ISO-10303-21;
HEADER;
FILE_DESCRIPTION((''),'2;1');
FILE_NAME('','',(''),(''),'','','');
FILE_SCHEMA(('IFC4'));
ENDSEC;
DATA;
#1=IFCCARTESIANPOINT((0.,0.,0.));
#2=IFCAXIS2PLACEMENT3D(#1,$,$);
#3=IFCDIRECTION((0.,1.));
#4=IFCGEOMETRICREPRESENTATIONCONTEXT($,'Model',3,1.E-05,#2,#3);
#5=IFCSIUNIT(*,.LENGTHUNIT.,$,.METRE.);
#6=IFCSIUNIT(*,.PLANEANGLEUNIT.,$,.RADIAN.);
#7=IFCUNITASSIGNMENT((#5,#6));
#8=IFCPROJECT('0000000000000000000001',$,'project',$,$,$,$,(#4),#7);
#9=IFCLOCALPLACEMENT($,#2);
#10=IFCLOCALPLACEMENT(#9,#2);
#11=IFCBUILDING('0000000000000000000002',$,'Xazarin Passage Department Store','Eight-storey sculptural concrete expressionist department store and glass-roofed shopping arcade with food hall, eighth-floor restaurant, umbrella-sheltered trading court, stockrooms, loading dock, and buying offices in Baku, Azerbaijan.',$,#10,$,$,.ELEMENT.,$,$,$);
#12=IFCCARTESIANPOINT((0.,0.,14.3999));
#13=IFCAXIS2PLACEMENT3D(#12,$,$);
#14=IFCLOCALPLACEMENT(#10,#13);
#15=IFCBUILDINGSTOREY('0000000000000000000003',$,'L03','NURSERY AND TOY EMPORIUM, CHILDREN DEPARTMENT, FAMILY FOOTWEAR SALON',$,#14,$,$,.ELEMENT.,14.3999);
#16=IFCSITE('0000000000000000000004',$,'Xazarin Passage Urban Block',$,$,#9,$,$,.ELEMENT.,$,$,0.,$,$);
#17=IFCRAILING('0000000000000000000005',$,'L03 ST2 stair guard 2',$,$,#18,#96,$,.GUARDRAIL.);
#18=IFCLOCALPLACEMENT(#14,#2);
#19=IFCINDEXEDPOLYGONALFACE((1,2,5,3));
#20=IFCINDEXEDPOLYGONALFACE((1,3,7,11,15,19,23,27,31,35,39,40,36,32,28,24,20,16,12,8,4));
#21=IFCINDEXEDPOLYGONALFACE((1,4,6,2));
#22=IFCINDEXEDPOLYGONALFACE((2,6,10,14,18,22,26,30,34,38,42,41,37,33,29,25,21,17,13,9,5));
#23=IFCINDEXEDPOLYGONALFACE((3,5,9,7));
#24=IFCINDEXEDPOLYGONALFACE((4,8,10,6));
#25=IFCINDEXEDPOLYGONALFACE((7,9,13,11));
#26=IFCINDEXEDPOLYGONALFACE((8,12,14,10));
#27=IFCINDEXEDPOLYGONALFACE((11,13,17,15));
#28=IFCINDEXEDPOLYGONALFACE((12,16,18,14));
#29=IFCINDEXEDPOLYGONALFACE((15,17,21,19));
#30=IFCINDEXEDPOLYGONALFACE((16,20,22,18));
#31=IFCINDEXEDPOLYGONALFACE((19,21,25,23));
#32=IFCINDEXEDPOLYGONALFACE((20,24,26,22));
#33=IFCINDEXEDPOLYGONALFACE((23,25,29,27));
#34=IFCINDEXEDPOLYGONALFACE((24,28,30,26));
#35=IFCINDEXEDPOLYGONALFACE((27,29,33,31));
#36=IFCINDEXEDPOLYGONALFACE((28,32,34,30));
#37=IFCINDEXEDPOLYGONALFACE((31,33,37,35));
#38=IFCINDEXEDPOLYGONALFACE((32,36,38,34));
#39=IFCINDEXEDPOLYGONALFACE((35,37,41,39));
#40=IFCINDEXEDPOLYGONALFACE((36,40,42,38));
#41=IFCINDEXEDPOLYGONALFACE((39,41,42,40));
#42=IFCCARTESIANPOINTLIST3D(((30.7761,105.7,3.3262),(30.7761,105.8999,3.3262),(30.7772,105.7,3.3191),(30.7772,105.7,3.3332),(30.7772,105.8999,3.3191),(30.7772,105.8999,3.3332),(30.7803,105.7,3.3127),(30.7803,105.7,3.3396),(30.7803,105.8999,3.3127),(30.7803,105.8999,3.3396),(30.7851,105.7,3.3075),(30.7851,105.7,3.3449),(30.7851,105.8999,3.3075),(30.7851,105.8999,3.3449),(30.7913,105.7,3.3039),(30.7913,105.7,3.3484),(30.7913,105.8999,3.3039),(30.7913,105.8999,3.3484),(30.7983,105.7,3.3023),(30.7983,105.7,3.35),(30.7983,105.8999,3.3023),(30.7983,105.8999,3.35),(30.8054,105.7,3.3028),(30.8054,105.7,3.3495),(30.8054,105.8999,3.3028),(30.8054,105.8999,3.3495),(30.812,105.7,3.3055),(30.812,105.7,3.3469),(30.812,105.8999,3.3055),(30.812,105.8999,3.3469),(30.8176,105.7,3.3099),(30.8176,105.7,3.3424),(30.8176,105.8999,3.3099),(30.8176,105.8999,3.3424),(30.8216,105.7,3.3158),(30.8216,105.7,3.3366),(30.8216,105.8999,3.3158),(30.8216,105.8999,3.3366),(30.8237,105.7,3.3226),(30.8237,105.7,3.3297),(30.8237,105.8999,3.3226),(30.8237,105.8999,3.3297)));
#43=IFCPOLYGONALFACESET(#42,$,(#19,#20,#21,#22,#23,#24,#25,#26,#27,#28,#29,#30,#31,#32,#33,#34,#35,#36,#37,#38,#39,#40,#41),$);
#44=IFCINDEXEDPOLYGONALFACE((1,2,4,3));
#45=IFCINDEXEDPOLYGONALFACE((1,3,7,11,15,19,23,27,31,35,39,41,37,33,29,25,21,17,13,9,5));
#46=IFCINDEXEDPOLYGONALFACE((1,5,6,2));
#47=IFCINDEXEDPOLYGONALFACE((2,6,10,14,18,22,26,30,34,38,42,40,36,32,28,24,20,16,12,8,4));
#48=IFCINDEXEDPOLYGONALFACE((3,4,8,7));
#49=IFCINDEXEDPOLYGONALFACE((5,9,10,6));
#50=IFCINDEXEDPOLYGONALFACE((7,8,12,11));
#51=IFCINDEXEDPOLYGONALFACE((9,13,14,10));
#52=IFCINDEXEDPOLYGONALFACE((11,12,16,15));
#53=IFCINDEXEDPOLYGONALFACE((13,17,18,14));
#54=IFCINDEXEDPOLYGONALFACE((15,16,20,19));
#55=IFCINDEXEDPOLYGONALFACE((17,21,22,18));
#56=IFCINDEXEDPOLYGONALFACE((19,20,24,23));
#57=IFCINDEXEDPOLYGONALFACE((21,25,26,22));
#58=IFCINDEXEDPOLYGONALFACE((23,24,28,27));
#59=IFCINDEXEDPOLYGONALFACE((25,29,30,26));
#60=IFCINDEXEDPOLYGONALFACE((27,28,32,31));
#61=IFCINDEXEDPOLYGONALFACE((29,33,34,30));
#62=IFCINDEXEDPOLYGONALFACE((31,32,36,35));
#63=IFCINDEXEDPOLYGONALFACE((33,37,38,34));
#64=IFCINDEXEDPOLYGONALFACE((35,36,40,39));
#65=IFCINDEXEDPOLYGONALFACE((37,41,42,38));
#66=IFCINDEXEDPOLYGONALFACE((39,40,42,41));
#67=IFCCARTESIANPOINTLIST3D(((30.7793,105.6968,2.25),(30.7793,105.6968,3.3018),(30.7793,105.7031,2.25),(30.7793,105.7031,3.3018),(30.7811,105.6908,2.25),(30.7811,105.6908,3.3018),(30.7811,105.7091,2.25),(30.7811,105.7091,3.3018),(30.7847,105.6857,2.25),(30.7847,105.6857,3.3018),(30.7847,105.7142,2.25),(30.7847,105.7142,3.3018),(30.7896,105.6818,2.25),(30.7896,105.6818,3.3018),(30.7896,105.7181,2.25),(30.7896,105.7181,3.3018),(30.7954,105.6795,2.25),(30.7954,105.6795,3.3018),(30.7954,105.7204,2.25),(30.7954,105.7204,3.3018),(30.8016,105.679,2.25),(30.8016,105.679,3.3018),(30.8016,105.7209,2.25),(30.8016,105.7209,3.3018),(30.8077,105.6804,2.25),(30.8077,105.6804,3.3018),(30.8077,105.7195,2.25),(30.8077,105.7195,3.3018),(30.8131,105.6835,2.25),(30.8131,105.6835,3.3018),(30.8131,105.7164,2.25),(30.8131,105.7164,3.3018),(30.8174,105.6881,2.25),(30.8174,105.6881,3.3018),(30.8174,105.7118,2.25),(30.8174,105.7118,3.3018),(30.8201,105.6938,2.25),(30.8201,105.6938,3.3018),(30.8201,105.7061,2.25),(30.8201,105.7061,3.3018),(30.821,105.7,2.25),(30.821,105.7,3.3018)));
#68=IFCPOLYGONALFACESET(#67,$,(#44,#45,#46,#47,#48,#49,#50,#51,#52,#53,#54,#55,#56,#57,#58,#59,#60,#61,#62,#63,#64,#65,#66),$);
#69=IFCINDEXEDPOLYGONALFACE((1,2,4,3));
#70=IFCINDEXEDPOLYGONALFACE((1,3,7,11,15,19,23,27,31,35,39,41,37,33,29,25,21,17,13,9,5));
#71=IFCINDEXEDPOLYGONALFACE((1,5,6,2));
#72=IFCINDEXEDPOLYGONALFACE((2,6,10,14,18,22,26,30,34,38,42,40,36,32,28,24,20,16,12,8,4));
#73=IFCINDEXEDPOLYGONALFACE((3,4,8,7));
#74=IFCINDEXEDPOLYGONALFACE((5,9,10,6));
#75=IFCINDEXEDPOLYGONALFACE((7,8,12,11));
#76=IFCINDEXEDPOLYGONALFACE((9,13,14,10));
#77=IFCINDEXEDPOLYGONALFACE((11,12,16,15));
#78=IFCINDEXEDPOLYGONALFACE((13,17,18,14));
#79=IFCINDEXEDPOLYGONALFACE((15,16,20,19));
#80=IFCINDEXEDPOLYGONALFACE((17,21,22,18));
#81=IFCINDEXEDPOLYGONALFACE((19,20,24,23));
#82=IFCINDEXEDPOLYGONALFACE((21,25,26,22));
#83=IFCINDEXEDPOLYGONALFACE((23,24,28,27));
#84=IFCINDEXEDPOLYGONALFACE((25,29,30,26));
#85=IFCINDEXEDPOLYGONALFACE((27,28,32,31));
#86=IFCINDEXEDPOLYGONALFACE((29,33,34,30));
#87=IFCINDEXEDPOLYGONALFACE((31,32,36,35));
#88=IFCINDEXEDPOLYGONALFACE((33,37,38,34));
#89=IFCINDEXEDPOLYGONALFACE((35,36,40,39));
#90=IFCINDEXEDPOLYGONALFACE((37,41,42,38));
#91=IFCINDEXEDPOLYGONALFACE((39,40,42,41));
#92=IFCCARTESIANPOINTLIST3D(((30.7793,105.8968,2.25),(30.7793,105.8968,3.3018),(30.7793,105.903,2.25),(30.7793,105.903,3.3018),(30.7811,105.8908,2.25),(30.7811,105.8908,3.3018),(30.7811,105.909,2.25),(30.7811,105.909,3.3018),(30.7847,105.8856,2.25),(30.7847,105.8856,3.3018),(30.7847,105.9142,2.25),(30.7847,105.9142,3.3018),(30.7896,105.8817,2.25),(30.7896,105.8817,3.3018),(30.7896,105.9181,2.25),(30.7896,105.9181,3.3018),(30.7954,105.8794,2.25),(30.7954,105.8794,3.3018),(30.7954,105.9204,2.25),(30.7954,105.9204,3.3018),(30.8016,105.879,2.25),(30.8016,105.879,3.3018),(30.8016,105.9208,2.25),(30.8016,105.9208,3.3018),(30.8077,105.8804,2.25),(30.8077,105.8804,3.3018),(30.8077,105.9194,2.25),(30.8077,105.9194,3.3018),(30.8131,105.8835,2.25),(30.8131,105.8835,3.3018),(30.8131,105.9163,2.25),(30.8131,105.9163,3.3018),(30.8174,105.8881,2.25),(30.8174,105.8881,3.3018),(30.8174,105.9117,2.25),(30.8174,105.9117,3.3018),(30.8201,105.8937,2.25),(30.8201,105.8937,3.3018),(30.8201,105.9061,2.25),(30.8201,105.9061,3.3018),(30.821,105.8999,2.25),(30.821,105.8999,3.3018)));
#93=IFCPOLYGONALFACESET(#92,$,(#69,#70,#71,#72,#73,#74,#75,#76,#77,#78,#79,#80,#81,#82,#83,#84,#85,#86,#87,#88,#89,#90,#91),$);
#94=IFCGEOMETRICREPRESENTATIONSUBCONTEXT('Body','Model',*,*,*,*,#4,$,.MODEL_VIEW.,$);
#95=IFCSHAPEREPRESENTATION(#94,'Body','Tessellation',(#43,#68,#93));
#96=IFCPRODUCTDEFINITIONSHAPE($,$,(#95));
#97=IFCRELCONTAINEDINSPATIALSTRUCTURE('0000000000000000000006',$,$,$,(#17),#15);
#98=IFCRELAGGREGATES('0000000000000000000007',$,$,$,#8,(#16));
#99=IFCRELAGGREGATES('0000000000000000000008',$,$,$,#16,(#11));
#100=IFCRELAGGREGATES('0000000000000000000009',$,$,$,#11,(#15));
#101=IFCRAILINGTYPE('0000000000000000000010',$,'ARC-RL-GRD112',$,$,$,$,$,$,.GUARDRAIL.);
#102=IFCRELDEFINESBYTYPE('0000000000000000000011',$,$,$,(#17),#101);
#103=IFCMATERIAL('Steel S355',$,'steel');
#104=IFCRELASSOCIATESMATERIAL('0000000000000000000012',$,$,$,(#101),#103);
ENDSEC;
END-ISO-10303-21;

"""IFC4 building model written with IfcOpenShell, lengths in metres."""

from ifc_helpers import new_model, si_unit, direction, frame, origin, origin_2d, place, context, subcontext, project, spatial, circle, extrude, material, type_object, element, save


model = new_model("IFC4")

# Units and contexts
model_context = context("Model", 3, precision=1e-05, world=origin(), true_north=direction((0.0, 1.0)))
body_context = subcontext(model_context, "Body", "Model", "MODEL_VIEW")
ifc_project = project(units=[si_unit("LENGTHUNIT", "METRE"), si_unit("PLANEANGLEUNIT", "RADIAN")], contexts=[model_context])

# Site, building, storey
site_placement = place(None, origin())
site = spatial("IfcSite", under=ifc_project, at=site_placement, Name="Xazarin Passage Urban Block", CompositionType="ELEMENT", RefElevation=0.0)
building_placement = place(site_placement, origin())
building = spatial("IfcBuilding", under=site, at=building_placement, Name="Xazarin Passage Department Store", Description="Eight-storey sculptural concrete expressionist department store and glass-roofed shopping arcade with food hall, eighth-floor restaurant, umbrella-sheltered trading court, stockrooms, loading dock, and buying offices in Baku, Azerbaijan.", CompositionType="ELEMENT")
storey_placement = place(building_placement, frame((0.0, 0.0, 14.3999)))
storey = spatial("IfcBuildingStorey", under=building, at=storey_placement, Name="L03", Description="NURSERY AND TOY EMPORIUM, CHILDREN DEPARTMENT, FAMILY FOOTWEAR SALON", CompositionType="ELEMENT", Elevation=14.3999)

# Shared definitions
ifc_material_1 = material(Name="Steel S355", Category="steel")

# Railing
railing_type_1 = type_object("IfcRailingType", Name="ARC-RL-GRD112", PredefinedType="GUARDRAIL", material=ifc_material_1)
railing_1_placement = place(storey_placement, frame((30.8, 105.7, 2.25)))
element("IfcRailing", 1, at=railing_1_placement, inside=storey, type_object=railing_type_1, Name="L03 ST2 stair guard 2", PredefinedType="GUARDRAIL", context=body_context, shape_type="SweptSolid", body=[
    extrude(circle(Radius=0.0239, at=origin_2d()), frame((0.0, 0.0, 1.0762), z_axis=(0.0, 1.0, 0.0), x_axis=(-1.0, 0.0, 0.0)), (0.0, 0.0, 1.0), 0.2),
    extrude(circle(Radius=0.021, at=origin_2d()), origin(), (0.0, 0.0, 1.0), 1.0518),
    extrude(circle(Radius=0.021, at=origin_2d()), frame((0.0, 0.2, 0.0)), (0.0, 0.0, 1.0), 1.0518),
])

save(model, "model.ifc")
